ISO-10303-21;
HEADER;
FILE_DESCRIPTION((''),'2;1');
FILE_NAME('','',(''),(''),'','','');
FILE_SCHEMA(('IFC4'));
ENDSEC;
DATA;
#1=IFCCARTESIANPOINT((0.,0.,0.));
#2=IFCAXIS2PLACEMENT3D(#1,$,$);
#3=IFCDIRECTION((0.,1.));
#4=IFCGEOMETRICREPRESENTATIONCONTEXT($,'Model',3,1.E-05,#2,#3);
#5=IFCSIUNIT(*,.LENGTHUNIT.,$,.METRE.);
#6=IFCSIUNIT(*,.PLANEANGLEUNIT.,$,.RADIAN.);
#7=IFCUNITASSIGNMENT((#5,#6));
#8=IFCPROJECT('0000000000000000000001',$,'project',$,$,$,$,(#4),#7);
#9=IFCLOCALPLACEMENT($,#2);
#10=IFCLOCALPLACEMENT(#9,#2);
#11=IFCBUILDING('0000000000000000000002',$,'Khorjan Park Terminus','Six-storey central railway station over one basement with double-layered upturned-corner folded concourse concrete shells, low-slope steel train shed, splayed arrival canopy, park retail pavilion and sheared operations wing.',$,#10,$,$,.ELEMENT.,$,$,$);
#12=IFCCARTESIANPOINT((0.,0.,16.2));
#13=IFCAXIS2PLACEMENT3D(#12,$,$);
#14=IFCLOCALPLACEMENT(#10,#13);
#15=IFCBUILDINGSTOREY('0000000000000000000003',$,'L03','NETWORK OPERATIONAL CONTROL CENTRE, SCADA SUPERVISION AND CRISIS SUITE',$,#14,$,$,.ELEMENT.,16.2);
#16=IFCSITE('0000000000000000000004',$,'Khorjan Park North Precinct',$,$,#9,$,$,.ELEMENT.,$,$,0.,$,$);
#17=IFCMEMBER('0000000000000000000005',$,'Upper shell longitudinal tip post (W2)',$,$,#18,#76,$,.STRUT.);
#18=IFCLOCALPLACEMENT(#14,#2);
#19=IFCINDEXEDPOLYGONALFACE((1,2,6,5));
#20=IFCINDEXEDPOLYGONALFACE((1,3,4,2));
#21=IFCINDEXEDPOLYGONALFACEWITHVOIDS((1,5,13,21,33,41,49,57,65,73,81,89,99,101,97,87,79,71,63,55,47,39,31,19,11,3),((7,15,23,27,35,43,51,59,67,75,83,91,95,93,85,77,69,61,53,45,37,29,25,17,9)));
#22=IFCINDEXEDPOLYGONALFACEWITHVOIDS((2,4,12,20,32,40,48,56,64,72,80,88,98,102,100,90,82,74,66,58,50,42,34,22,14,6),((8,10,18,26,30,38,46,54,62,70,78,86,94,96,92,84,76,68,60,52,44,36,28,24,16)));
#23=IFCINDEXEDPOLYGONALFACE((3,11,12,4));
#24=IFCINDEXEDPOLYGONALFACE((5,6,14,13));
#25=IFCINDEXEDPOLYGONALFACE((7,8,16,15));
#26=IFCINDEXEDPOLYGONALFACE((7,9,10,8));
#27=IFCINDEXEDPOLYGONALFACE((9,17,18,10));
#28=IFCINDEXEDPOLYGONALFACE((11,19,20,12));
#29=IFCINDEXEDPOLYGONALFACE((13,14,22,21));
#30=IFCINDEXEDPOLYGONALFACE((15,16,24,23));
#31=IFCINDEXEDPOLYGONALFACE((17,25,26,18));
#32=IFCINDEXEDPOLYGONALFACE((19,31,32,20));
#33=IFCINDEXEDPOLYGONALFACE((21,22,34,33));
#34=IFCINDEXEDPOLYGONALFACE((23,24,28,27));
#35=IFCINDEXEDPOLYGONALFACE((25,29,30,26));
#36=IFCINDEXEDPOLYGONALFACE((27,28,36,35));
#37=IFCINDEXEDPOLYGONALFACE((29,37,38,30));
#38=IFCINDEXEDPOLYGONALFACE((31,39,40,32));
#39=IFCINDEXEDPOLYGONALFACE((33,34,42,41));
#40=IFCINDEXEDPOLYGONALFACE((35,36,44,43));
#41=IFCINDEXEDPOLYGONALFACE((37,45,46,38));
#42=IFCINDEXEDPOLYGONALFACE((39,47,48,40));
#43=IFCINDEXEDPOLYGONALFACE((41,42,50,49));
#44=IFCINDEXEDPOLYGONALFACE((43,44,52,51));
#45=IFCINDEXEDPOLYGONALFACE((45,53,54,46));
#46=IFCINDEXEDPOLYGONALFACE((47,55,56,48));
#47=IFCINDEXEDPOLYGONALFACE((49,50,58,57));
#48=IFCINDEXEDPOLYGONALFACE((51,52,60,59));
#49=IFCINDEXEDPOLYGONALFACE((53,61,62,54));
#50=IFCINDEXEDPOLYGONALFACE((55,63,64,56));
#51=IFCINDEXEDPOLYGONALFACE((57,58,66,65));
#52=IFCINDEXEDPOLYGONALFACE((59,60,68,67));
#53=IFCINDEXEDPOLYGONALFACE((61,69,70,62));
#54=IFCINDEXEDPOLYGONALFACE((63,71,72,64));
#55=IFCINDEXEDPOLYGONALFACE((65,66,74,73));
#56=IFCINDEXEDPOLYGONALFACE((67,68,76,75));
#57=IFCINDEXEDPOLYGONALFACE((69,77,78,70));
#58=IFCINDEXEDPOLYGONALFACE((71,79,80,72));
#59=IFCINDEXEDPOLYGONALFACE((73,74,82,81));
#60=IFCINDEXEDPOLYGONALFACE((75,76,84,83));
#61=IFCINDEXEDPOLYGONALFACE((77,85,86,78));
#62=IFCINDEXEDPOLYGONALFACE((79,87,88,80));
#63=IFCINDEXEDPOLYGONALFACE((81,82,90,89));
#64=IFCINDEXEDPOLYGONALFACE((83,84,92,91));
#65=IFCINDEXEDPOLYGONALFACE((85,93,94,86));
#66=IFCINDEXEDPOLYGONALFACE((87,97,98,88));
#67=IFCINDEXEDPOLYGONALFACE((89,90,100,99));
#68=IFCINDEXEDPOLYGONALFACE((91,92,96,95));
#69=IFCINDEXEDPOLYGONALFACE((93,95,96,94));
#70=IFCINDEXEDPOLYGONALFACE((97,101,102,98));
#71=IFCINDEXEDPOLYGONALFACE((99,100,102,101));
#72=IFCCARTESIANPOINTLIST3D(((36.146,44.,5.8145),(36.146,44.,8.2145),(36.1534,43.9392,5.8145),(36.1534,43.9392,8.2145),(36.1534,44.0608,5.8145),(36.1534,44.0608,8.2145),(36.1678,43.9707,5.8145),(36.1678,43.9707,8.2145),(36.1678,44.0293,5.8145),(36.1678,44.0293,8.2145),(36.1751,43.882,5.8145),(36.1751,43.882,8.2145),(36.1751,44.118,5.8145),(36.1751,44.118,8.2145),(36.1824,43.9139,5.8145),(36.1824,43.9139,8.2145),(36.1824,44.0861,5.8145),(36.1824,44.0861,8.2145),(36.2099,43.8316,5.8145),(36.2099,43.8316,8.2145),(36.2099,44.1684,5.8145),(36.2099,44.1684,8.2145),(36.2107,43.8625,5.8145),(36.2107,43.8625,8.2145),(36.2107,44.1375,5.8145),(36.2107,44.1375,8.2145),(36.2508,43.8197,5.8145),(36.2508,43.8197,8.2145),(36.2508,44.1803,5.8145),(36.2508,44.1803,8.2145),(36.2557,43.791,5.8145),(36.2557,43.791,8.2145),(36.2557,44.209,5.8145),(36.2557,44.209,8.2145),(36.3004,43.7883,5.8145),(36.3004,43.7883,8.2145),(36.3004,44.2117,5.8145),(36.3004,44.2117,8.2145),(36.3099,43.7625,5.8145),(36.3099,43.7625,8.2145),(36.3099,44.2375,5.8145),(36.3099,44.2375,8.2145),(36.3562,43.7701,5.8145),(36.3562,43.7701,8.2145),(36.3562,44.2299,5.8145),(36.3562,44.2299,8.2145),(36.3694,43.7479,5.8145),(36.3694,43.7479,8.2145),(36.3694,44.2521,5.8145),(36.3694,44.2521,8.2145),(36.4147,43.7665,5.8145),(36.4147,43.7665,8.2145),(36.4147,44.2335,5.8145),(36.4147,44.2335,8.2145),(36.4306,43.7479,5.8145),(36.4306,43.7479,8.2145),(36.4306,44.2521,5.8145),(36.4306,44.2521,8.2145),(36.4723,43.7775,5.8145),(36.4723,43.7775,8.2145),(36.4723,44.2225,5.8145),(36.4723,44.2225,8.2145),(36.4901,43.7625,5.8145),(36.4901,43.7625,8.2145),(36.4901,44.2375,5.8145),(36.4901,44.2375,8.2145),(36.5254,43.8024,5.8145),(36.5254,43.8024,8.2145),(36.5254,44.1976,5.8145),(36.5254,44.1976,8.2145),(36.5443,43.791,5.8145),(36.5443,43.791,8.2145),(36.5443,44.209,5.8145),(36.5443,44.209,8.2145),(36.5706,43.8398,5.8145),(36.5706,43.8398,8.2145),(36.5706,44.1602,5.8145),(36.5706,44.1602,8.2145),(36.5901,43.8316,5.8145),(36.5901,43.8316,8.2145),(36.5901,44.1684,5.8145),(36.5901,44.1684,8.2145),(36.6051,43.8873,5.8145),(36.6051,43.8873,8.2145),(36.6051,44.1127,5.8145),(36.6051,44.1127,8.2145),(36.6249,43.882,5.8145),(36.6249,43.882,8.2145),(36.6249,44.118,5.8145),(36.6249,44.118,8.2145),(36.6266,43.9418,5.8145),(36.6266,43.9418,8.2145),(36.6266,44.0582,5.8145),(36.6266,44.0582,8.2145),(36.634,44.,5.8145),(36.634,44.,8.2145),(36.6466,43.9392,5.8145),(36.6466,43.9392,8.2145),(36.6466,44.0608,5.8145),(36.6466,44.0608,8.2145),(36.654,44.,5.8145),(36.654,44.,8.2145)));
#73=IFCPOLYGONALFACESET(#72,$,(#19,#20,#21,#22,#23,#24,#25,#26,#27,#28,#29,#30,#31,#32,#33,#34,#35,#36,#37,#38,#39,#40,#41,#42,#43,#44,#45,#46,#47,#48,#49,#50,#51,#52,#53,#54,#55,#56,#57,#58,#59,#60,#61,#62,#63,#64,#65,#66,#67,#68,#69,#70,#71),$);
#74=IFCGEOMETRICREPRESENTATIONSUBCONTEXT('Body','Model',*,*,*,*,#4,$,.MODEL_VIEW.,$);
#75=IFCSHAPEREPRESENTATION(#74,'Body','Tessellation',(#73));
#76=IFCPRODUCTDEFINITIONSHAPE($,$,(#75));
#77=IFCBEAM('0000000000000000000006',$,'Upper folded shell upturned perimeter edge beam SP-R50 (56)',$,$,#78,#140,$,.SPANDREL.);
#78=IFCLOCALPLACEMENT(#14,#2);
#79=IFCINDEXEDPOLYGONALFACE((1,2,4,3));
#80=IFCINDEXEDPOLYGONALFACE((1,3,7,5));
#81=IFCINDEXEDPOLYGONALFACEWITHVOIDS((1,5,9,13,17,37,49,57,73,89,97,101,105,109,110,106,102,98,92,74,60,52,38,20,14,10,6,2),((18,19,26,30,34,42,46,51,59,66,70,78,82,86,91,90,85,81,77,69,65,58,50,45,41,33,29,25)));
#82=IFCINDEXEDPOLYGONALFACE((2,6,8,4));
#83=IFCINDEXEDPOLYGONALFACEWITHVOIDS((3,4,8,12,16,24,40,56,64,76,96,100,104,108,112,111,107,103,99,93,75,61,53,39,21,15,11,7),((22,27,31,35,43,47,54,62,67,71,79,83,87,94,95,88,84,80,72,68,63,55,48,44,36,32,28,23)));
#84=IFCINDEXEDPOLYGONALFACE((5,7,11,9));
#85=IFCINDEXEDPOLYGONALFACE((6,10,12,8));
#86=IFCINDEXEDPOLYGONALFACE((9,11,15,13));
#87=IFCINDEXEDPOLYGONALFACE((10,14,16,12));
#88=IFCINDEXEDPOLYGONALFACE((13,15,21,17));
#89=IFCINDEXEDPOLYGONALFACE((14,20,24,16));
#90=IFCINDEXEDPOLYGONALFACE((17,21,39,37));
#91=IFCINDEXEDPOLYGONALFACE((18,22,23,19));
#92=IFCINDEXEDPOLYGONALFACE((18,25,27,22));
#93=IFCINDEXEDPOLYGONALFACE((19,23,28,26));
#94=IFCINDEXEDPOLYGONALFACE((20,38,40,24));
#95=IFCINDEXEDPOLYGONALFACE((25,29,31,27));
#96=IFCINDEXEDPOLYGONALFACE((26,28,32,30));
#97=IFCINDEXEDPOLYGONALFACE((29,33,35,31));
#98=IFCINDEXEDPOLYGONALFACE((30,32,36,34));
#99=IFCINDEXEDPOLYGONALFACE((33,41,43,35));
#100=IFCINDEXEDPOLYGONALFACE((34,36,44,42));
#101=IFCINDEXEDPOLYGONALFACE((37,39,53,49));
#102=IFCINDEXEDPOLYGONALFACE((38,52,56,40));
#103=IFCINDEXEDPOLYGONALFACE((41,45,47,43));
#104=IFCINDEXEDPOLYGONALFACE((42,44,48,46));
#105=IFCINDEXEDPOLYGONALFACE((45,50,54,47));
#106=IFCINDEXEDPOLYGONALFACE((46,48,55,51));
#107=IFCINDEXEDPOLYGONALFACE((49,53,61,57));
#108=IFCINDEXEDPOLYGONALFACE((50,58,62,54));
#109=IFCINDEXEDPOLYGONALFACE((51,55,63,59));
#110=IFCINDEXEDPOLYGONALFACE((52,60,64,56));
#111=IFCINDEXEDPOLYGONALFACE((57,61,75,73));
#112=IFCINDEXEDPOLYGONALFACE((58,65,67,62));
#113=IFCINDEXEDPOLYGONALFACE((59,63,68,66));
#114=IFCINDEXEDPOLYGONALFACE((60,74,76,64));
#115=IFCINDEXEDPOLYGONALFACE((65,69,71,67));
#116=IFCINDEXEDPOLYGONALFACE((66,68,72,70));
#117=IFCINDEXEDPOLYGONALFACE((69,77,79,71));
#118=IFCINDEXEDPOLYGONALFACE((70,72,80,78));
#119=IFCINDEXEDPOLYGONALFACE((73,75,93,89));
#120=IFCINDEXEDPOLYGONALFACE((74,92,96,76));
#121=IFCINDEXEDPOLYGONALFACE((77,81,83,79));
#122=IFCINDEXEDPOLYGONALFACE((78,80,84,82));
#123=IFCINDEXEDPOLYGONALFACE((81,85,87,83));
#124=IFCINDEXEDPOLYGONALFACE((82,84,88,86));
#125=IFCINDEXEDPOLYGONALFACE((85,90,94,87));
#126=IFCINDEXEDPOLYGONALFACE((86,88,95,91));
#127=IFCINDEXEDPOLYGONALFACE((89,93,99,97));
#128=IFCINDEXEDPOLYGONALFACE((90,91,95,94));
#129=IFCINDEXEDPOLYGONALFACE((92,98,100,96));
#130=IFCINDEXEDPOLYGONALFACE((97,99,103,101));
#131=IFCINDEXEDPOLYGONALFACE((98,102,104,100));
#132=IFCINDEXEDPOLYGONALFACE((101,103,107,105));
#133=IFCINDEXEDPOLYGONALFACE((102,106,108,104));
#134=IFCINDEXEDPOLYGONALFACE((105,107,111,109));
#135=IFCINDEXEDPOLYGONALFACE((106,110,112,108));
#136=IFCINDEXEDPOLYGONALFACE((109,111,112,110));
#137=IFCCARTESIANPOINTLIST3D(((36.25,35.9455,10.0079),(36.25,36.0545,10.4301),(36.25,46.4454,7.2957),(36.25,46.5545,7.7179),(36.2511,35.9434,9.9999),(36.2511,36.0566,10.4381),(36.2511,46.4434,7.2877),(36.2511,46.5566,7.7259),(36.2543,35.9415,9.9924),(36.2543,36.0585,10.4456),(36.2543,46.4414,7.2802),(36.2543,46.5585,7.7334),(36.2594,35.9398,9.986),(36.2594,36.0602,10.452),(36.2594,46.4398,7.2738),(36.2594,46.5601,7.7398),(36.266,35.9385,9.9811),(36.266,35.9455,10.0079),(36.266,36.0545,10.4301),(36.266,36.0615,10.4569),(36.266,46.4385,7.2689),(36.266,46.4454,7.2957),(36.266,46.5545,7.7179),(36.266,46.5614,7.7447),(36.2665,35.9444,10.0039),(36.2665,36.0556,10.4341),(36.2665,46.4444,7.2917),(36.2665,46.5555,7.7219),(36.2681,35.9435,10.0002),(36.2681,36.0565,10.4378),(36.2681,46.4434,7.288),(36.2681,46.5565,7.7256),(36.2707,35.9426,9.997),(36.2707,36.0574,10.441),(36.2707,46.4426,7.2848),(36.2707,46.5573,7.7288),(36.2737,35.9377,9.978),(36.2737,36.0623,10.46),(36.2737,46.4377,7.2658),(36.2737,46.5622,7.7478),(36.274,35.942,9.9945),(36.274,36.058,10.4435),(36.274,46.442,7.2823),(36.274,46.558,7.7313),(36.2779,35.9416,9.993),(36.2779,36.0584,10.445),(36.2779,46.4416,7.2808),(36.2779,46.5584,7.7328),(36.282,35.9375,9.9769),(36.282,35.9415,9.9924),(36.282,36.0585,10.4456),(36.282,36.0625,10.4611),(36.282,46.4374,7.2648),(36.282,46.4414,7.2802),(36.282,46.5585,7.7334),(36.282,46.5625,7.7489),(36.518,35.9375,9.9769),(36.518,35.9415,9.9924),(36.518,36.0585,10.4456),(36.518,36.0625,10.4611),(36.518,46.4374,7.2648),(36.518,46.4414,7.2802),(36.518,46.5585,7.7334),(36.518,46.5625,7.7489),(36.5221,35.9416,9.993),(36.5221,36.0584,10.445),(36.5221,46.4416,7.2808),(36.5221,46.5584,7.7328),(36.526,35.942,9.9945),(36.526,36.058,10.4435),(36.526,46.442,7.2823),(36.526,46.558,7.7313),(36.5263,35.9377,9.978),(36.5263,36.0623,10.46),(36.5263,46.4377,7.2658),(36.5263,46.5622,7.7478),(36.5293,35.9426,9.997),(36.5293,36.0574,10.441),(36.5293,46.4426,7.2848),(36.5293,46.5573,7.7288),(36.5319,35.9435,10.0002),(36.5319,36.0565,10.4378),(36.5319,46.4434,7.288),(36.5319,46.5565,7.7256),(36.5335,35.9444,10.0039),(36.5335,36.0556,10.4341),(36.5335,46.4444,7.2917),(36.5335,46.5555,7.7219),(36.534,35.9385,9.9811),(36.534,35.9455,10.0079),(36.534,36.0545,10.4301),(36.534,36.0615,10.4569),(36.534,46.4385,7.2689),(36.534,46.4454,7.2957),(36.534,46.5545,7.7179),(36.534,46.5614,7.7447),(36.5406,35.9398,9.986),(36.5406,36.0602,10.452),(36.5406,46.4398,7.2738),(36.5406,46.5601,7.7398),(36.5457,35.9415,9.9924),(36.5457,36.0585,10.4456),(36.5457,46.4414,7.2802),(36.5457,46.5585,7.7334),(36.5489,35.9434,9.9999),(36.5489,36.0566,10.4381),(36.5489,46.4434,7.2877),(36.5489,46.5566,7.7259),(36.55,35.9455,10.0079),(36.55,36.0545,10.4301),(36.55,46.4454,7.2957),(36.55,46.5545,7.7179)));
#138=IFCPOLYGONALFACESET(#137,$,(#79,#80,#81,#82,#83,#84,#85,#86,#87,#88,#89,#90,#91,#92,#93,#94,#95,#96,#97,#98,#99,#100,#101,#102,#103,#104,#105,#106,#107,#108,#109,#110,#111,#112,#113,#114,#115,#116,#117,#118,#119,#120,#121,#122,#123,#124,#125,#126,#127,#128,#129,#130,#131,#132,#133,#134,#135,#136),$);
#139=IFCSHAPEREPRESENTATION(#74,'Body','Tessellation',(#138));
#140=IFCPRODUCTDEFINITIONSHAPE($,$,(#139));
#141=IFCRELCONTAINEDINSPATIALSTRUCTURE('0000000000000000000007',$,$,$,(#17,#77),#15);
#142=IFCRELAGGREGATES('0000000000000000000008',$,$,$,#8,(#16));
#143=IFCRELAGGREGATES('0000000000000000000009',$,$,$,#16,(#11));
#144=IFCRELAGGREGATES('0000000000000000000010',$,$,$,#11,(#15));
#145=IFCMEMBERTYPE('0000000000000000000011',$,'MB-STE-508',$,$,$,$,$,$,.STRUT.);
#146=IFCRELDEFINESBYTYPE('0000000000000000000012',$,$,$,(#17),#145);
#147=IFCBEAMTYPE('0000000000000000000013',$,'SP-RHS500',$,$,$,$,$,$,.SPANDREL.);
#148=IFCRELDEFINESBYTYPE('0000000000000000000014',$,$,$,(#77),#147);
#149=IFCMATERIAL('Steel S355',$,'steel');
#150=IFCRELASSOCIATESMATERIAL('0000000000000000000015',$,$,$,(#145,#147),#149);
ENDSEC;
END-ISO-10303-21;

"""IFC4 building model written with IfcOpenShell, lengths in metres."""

from ifc_helpers import new_model, si_unit, direction, frame, origin, origin_2d, place, context, subcontext, project, spatial, hollow_rectangle, hollow_circle, extrude, material, material_profile, profile_set, type_object, element, save


model = new_model("IFC4")

# Units and contexts
model_context = context("Model", 3, precision=1e-05, world=origin(), true_north=direction((0.0, 1.0)))
body_context = subcontext(model_context, "Body", "Model", "MODEL_VIEW")
ifc_project = project(units=[si_unit("LENGTHUNIT", "METRE"), si_unit("PLANEANGLEUNIT", "RADIAN")], contexts=[model_context])

# Site, building, storey
site_placement = place(None, origin())
site = spatial("IfcSite", under=ifc_project, at=site_placement, Name="Khorjan Park North Precinct", CompositionType="ELEMENT", RefElevation=0.0)
building_placement = place(site_placement, origin())
building = spatial("IfcBuilding", under=site, at=building_placement, Name="Khorjan Park Terminus", Description="Six-storey central railway station over one basement with double-layered upturned-corner folded concourse concrete shells, low-slope steel train shed, splayed arrival canopy, park retail pavilion and sheared operations wing.", CompositionType="ELEMENT")
storey_placement = place(building_placement, frame((0.0, 0.0, 16.2)))
storey = spatial("IfcBuildingStorey", under=building, at=storey_placement, Name="L03", Description="NETWORK OPERATIONAL CONTROL CENTRE, SCADA SUPERVISION AND CRISIS SUITE", CompositionType="ELEMENT", Elevation=16.2)

# Member
ifc_material = material(Name="Steel S355", Category="steel")
ifc_material_profile_1 = material_profile(ifc_material, hollow_circle(Radius=0.254, WallThickness=0.02, at=origin_2d()), Name="CHS 508x20")
ifc_profile_set_1 = profile_set([ifc_material_profile_1], Name="Steel S355")
member_type_1 = type_object("IfcMemberType", Name="MB-STE-508", PredefinedType="STRUT", material=ifc_profile_set_1)
for number, where, z_axis, x_axis, name in (
    (1, (36.4, 44.0, 5.8145), (0.0, 0.0, 1.0), (1.0, 0.0, 0.0), "Upper shell longitudinal tip post (W2)"),
):
    element("IfcMember", number, at=place(storey_placement, frame(where, z_axis=z_axis, x_axis=x_axis)), inside=storey, type_object=member_type_1, Name=name, PredefinedType="STRUT", context=body_context, shape_type="SweptSolid", body=[
        extrude(hollow_circle(Radius=0.254, WallThickness=0.02, at=origin_2d()), origin(), (0.0, 0.0, 1.0), 2.4),
    ])

# Beam
ifc_material_profile_2 = material_profile(ifc_material, hollow_rectangle(XDim=0.3, YDim=0.5, WallThickness=0.016, InnerFilletRadius=0.016, OuterFilletRadius=0.032, at=origin_2d()), Name="RHS 500x300x16")
ifc_profile_set_2 = profile_set([ifc_material_profile_2], Name="Steel S355")
beam_type = type_object("IfcBeamType", Name="SP-RHS500", PredefinedType="SPANDREL", material=ifc_profile_set_2)
beam_1_placement = place(storey_placement, frame((36.4, 36.0, 10.219), z_axis=(0.0, 0.968221, -0.250096), x_axis=(-1.0, 0.0, 0.0)))
element("IfcBeam", 2, at=beam_1_placement, inside=storey, type_object=beam_type, Name="Upper folded shell upturned perimeter edge beam SP-R50 (56)", PredefinedType="SPANDREL", context=body_context, shape_type="SweptSolid", body=[
    extrude(hollow_rectangle(XDim=0.3, YDim=0.5, WallThickness=0.016, InnerFilletRadius=0.016, OuterFilletRadius=0.032, at=origin_2d()), origin(), (0.0, 0.0, 1.0), 10.8446),
])

save(model, "model.ifc")
